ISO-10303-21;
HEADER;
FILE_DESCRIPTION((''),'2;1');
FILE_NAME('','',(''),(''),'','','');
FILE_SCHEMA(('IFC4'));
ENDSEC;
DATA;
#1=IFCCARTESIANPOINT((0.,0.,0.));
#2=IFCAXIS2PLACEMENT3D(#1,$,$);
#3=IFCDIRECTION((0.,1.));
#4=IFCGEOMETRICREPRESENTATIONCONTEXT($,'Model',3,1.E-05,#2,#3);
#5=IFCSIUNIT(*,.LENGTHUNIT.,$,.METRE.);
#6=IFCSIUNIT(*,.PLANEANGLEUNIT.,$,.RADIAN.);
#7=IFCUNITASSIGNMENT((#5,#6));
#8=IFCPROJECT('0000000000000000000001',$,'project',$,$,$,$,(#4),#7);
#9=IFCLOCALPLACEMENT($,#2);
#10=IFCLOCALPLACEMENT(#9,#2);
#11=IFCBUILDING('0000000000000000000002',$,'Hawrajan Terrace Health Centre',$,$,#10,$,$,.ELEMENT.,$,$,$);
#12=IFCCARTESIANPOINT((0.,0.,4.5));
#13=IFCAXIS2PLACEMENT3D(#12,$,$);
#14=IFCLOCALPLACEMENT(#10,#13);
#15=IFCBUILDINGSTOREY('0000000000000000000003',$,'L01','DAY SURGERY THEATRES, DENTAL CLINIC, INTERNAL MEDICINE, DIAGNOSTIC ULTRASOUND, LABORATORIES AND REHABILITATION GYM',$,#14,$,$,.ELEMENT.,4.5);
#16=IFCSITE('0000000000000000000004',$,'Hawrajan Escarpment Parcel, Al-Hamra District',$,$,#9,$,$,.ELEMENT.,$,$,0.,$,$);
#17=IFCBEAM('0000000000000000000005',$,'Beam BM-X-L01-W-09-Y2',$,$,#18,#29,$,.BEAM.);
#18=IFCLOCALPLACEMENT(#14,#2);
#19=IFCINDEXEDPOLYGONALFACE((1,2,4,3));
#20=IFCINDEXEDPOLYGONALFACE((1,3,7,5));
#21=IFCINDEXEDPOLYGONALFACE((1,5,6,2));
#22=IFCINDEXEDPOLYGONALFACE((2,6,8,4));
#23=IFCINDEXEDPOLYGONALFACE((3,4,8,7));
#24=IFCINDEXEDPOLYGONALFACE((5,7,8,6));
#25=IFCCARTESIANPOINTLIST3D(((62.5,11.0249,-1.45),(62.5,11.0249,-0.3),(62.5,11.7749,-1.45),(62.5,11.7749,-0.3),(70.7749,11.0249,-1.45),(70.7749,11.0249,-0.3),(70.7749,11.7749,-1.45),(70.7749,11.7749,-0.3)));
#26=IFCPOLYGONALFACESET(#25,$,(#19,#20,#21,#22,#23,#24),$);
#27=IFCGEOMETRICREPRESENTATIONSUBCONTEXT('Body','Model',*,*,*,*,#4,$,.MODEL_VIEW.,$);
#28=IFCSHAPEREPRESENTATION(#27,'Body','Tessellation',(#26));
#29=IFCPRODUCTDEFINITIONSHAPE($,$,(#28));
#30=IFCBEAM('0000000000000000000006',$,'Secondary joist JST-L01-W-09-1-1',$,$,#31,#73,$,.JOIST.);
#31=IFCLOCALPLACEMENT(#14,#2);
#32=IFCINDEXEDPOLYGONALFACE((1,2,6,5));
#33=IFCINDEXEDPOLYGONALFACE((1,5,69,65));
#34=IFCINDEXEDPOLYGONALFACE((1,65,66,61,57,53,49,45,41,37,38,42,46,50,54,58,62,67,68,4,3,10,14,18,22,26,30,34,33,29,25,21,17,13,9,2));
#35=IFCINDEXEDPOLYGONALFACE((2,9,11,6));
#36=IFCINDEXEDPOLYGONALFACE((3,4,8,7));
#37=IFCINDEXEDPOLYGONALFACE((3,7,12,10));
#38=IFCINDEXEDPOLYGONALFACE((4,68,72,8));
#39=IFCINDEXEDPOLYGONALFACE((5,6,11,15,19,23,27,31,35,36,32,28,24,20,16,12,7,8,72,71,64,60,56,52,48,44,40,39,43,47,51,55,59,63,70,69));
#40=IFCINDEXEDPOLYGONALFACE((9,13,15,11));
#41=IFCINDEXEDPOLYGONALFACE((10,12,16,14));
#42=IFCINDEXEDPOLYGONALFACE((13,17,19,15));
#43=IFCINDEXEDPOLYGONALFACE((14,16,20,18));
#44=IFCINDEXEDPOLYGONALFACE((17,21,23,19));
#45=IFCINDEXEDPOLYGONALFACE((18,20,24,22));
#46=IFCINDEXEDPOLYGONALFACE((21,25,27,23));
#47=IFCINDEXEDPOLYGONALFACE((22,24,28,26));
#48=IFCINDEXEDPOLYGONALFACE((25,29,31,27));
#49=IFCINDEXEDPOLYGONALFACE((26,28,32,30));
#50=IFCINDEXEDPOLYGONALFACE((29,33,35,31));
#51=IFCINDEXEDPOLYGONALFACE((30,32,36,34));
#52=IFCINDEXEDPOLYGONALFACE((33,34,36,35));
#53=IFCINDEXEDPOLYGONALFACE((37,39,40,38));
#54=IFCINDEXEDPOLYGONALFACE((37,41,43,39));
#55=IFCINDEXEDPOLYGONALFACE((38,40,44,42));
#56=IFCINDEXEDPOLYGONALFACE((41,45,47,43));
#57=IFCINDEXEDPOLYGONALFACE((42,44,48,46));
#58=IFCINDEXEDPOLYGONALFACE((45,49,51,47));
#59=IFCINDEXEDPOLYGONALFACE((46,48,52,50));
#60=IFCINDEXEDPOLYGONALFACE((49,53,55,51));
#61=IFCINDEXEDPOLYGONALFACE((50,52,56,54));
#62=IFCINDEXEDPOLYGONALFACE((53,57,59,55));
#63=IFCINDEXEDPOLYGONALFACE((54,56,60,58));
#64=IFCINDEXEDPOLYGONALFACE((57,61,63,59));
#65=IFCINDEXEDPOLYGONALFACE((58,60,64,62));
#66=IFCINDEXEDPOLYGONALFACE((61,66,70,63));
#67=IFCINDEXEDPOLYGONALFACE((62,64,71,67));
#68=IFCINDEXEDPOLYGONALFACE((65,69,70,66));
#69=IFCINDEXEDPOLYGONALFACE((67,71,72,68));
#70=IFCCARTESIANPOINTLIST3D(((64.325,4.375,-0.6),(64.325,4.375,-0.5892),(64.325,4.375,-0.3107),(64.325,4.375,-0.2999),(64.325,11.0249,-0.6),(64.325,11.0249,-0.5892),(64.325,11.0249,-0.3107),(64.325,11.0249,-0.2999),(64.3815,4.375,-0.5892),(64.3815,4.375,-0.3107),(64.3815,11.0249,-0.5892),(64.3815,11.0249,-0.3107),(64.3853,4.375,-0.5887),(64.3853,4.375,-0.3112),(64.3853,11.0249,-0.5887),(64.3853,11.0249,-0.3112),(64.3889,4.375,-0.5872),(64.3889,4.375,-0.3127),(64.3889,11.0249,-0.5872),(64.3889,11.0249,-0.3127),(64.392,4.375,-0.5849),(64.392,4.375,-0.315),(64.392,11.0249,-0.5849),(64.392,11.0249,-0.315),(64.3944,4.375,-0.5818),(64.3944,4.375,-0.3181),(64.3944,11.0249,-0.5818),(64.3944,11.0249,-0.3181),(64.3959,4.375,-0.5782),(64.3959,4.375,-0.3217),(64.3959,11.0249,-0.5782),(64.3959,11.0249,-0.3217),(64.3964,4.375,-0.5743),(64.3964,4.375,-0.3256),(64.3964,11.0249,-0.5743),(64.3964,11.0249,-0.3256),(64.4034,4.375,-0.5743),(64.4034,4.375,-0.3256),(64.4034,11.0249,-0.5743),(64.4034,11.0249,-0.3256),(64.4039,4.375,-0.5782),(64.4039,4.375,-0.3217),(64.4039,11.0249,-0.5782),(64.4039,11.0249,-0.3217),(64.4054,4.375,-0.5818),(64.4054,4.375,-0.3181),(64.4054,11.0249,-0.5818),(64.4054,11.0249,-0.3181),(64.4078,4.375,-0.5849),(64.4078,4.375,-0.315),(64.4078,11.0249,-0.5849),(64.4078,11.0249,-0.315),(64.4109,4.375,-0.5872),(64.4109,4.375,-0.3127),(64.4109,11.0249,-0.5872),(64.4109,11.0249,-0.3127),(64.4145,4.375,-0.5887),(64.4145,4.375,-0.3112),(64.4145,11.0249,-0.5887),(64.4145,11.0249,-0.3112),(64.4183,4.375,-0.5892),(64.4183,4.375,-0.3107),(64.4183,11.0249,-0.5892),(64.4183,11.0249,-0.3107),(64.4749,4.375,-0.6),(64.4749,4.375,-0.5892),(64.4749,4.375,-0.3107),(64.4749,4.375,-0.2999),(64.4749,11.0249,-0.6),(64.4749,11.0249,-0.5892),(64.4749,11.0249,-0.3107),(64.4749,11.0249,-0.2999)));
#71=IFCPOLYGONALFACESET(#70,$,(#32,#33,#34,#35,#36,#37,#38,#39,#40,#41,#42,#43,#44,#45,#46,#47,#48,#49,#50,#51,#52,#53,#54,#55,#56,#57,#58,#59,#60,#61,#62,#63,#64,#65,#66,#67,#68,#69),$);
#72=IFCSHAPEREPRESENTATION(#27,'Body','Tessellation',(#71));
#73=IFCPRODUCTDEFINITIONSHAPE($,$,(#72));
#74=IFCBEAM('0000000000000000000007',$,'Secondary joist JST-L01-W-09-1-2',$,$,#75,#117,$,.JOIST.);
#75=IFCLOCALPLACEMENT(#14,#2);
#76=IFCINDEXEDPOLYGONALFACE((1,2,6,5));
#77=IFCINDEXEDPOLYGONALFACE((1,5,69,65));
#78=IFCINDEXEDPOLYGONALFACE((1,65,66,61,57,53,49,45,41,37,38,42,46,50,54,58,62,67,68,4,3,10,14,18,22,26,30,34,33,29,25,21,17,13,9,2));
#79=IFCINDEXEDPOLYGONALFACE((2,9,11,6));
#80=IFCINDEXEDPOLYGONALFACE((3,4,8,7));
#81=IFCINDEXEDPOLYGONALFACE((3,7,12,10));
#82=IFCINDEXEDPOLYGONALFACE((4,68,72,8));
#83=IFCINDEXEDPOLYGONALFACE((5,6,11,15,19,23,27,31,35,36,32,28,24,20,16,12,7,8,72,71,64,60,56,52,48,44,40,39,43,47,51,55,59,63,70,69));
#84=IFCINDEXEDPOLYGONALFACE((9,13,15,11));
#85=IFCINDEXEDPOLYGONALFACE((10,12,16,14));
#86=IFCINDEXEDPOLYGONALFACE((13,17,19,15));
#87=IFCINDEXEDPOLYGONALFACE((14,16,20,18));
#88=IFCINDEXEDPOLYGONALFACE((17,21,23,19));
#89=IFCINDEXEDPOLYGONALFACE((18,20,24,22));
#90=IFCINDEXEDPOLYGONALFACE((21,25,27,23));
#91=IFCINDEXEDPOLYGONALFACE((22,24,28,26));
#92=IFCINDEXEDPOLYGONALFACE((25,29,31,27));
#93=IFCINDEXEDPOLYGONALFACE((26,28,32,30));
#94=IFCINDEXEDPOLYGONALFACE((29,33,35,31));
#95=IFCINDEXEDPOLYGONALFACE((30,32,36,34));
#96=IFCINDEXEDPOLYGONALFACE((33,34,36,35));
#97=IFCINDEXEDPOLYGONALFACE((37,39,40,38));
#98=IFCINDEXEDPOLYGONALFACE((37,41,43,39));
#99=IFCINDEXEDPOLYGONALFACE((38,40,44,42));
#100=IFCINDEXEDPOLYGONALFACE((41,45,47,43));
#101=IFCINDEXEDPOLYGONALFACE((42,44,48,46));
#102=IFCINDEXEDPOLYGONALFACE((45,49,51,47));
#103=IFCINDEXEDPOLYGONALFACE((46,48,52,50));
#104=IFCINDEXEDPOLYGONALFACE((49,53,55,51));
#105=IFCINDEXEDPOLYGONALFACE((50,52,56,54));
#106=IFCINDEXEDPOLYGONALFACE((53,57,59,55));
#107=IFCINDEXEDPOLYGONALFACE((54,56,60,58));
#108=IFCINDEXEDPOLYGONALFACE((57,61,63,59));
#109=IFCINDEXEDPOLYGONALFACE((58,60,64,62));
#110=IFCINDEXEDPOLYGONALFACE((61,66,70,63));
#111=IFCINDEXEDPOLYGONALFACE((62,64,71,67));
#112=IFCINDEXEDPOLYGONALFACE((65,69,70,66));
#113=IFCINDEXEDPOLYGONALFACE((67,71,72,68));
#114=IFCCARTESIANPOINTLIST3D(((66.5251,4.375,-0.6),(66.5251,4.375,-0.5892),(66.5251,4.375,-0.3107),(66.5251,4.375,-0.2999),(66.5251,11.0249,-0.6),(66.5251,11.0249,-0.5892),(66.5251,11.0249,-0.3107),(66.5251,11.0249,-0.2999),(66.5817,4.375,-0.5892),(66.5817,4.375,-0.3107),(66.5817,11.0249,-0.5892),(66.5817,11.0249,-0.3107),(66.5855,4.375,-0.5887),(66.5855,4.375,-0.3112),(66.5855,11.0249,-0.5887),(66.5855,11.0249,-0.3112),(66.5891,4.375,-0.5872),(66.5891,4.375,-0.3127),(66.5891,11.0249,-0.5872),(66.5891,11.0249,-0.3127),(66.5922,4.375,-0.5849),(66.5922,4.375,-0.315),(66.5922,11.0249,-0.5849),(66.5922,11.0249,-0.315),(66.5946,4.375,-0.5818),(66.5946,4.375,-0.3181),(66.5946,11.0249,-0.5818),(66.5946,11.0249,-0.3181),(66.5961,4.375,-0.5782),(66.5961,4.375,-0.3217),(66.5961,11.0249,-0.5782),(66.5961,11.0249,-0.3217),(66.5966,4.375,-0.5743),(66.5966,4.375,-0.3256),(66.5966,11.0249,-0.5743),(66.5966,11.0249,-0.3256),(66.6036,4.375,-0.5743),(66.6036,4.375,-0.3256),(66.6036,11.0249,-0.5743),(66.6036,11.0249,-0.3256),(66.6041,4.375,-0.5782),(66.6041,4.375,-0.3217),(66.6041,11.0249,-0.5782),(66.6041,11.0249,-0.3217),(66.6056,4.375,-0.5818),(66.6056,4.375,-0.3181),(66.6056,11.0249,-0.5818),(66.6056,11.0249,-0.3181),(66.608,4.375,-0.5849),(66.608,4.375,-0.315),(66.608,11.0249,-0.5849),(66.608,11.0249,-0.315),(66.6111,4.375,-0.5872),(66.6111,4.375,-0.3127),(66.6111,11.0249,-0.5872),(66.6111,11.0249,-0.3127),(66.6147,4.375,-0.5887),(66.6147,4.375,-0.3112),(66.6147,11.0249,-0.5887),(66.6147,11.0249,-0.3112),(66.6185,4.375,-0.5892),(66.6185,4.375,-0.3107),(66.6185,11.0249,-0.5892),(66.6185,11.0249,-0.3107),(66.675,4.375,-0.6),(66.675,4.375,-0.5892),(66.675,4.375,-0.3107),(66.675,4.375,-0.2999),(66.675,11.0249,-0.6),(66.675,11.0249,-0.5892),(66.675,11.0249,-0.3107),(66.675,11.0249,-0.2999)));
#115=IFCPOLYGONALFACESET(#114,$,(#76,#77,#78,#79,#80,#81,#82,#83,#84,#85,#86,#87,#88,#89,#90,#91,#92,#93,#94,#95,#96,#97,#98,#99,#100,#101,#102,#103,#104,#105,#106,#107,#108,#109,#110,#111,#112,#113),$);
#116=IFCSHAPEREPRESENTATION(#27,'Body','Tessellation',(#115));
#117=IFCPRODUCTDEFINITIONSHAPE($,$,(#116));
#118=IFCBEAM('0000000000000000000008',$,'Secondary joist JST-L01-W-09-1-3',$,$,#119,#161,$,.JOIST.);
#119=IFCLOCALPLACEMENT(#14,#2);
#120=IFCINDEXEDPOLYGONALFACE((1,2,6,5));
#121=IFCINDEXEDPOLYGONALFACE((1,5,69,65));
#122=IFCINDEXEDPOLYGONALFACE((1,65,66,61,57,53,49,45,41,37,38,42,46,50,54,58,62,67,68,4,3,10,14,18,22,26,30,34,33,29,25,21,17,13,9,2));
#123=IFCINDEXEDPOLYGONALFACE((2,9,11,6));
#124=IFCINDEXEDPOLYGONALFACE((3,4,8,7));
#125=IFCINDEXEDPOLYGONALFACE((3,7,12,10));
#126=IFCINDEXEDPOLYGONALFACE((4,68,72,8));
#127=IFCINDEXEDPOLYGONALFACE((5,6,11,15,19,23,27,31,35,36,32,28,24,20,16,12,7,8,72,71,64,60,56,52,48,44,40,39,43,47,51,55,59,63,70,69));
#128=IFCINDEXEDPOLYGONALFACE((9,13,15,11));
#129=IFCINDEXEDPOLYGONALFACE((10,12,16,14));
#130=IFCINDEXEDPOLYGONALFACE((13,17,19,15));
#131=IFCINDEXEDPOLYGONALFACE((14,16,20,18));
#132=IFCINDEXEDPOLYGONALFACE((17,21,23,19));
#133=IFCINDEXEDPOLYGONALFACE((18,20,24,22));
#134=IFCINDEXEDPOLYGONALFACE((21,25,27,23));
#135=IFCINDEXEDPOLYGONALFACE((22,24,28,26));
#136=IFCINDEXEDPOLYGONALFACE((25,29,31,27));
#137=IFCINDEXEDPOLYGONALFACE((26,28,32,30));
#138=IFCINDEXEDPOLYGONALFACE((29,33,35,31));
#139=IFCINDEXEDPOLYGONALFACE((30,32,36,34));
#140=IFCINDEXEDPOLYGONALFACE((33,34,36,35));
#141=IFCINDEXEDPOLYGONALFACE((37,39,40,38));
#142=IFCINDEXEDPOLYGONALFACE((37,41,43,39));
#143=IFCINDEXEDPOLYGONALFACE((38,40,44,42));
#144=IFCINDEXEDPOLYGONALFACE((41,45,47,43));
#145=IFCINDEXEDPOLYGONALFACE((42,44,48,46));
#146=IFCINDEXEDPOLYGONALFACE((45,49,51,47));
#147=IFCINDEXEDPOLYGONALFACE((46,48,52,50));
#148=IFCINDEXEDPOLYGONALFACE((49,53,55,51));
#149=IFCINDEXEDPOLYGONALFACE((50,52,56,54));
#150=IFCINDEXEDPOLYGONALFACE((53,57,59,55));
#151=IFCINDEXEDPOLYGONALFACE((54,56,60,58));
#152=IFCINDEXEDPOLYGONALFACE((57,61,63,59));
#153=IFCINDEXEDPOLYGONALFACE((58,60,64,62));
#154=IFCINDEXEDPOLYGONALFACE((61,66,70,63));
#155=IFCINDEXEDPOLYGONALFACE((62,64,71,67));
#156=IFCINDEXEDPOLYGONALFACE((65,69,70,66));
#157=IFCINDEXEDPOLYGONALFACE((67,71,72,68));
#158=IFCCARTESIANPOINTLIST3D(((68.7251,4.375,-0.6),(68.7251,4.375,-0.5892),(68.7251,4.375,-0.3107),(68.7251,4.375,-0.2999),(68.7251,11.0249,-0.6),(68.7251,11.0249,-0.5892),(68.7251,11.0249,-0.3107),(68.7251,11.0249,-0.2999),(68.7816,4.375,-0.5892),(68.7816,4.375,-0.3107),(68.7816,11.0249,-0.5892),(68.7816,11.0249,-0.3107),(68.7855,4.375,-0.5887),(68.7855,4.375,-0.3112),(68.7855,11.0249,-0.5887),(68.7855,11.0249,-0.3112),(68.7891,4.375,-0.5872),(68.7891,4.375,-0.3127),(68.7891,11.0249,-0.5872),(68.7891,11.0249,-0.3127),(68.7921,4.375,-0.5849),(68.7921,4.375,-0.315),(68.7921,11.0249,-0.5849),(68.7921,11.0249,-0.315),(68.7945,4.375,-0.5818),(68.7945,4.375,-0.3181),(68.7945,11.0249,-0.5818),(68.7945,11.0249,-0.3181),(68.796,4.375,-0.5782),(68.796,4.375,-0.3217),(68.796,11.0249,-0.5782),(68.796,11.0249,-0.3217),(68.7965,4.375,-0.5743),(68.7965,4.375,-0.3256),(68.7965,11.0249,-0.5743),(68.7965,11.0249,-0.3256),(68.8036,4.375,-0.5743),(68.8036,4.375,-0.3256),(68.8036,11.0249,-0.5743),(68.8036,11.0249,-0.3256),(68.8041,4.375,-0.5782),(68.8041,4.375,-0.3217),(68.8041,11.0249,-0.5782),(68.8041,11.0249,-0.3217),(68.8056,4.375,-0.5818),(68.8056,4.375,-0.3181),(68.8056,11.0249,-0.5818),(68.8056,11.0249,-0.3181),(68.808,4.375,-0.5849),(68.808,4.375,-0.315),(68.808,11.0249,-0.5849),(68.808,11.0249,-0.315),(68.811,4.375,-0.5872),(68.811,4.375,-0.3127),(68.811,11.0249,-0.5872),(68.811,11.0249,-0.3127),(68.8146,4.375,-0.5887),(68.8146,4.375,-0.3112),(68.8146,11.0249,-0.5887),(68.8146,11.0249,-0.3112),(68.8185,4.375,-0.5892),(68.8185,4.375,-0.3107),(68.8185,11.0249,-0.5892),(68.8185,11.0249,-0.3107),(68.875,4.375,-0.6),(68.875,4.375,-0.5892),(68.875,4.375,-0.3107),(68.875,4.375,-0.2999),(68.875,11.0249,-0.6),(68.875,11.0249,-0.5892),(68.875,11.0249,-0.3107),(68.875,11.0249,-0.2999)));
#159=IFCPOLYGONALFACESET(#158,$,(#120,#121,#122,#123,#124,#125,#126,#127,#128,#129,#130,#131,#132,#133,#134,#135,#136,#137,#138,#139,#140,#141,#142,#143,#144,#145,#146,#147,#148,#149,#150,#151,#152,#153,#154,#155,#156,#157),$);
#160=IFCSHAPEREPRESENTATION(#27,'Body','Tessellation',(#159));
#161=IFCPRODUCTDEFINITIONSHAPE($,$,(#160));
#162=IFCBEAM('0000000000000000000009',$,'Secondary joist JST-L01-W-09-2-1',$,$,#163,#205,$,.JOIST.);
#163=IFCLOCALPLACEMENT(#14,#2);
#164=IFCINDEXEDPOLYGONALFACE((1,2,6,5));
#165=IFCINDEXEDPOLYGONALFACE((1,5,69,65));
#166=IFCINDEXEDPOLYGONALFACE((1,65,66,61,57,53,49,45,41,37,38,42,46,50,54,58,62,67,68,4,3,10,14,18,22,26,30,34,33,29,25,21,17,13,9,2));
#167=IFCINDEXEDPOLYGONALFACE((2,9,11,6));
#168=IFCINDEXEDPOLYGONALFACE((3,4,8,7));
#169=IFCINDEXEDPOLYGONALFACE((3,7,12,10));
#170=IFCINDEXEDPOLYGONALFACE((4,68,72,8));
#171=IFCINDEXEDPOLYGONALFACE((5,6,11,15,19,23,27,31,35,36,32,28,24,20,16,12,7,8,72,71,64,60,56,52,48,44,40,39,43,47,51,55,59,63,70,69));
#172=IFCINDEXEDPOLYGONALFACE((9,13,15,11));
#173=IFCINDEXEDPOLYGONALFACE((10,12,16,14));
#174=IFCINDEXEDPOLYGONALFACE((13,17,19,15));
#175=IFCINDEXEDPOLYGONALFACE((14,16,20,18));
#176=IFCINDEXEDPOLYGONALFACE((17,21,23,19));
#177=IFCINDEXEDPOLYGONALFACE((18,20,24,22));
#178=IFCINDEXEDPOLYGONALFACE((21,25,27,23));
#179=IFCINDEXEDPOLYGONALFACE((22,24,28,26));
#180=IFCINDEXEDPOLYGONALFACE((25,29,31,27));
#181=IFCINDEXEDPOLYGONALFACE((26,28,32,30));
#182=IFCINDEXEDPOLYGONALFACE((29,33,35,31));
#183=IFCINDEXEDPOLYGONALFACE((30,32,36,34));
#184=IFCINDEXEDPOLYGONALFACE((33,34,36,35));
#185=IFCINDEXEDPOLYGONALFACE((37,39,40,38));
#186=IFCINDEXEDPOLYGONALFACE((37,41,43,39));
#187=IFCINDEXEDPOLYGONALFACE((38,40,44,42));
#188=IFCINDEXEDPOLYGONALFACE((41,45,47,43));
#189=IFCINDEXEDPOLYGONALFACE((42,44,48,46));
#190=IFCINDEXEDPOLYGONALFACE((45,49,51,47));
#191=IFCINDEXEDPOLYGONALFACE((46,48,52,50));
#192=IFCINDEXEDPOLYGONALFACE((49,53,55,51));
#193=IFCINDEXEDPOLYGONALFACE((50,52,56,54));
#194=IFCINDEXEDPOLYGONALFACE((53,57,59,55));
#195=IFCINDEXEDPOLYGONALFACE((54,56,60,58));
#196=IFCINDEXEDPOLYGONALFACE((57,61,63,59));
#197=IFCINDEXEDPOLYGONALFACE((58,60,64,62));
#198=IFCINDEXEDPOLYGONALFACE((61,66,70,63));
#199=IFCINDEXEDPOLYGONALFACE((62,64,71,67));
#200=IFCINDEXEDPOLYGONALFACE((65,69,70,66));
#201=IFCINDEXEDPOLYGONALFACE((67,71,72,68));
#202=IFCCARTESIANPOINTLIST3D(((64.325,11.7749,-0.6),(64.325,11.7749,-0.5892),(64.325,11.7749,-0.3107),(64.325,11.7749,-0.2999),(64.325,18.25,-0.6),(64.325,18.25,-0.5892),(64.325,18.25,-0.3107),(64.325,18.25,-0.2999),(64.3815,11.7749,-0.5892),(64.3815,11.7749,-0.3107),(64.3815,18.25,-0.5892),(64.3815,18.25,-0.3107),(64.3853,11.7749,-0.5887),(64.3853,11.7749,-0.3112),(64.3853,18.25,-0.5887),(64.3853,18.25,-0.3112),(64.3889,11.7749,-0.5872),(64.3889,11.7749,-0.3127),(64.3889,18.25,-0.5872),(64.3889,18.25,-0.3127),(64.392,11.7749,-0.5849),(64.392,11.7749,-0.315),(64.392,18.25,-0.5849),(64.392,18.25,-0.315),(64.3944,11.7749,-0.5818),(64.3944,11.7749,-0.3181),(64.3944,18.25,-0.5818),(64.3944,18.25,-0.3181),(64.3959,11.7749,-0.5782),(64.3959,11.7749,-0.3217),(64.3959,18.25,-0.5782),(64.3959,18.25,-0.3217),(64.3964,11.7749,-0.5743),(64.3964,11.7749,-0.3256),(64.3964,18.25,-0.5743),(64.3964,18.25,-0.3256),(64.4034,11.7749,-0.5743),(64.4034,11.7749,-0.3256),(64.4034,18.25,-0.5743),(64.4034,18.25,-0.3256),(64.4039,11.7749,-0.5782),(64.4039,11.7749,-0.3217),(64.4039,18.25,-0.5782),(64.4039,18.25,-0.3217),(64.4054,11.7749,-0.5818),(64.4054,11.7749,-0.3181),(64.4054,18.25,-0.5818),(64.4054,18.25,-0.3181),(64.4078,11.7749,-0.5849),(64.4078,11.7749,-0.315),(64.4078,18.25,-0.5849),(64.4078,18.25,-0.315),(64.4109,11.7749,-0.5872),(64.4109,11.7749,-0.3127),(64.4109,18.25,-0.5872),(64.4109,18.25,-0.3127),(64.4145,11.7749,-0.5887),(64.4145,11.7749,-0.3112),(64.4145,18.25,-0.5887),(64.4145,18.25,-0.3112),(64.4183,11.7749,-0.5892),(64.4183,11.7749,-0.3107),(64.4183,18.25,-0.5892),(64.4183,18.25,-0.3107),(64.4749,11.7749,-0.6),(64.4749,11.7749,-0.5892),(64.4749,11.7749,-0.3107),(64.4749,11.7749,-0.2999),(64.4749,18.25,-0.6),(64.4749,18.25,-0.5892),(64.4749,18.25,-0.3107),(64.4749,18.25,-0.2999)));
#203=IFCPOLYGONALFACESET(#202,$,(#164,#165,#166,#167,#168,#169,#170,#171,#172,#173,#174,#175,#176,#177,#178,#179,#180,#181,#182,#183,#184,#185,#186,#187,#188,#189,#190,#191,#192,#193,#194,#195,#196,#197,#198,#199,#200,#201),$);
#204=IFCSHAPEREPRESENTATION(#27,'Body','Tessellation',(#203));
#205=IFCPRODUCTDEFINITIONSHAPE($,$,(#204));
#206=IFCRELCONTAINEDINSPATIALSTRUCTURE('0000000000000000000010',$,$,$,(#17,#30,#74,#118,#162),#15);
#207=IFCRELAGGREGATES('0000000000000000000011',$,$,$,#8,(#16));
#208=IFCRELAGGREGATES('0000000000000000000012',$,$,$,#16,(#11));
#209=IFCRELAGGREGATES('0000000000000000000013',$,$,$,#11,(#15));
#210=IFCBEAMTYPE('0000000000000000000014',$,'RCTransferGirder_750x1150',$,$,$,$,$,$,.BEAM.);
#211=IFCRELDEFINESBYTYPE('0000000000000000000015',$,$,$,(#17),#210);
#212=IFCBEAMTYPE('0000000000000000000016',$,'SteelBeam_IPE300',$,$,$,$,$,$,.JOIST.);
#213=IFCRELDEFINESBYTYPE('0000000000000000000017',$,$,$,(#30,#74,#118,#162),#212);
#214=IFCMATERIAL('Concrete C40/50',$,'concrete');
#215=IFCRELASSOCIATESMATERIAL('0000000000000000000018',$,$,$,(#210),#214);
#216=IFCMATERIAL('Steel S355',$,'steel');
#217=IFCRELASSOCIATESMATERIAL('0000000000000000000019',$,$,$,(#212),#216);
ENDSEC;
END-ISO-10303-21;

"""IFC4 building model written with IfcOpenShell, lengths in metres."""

from ifc_helpers import new_model, si_unit, direction, frame, origin, origin_2d, place, context, subcontext, project, spatial, rectangle, i_section, extrude, material, material_profile, profile_set, type_object, element, save


model = new_model("IFC4")

# Units and contexts
model_context = context("Model", 3, precision=1e-05, world=origin(), true_north=direction((0.0, 1.0)))
body_context = subcontext(model_context, "Body", "Model", "MODEL_VIEW")
ifc_project = project(units=[si_unit("LENGTHUNIT", "METRE"), si_unit("PLANEANGLEUNIT", "RADIAN")], contexts=[model_context])

# Site, building, storey
site_placement = place(None, origin())
site = spatial("IfcSite", under=ifc_project, at=site_placement, Name="Hawrajan Escarpment Parcel, Al-Hamra District", CompositionType="ELEMENT", RefElevation=0.0)
building_placement = place(site_placement, origin())
building = spatial("IfcBuilding", under=site, at=building_placement, Name="Hawrajan Terrace Health Centre", CompositionType="ELEMENT")
storey_placement = place(building_placement, frame((0.0, 0.0, 4.5)))
storey = spatial("IfcBuildingStorey", under=building, at=storey_placement, Name="L01", Description="DAY SURGERY THEATRES, DENTAL CLINIC, INTERNAL MEDICINE, DIAGNOSTIC ULTRASOUND, LABORATORIES AND REHABILITATION GYM", CompositionType="ELEMENT", Elevation=4.5)

# Beams
ifc_material_1 = material(Name="Concrete C40/50", Category="concrete")
ifc_material_profile_1 = material_profile(ifc_material_1, rectangle(XDim=0.75, YDim=1.1499, at=origin_2d()), Name="RC TG 750x1150")
ifc_profile_set_1 = profile_set([ifc_material_profile_1], Name="Concrete C40/50")
beam_type_1 = type_object("IfcBeamType", Name="RCTransferGirder_750x1150", PredefinedType="BEAM", material=ifc_profile_set_1)
beam_1_placement = place(storey_placement, frame((62.5, 11.3999, -0.875), z_axis=(1.0, 0.0, 0.0), x_axis=(0.0, 1.0, 0.0)))
element("IfcBeam", 1, at=beam_1_placement, inside=storey, type_object=beam_type_1, Name="Beam BM-X-L01-W-09-Y2", PredefinedType="BEAM", context=body_context, shape_type="SweptSolid", body=[
    extrude(rectangle(XDim=0.75, YDim=1.1499, at=origin_2d()), origin(), (0.0, 0.0, 1.0), 8.2749),
])
ifc_material_2 = material(Name="Steel S355", Category="steel")
ifc_material_profile_2 = material_profile(ifc_material_2, i_section(OverallWidth=0.1499, OverallDepth=0.3, WebThickness=0.0071, FlangeThickness=0.0107, FilletRadius=0.0149, at=origin_2d()), Name="IPE 300")
ifc_profile_set_2 = profile_set([ifc_material_profile_2], Name="Steel S355")
beam_type_2 = type_object("IfcBeamType", Name="SteelBeam_IPE300", PredefinedType="JOIST", material=ifc_profile_set_2)
for number, where, z_axis, x_axis, name in (
    (2, (64.3999, 4.375, -0.45), (0.0, 1.0, 0.0), (-1.0, 0.0, 0.0), "Secondary joist JST-L01-W-09-1-1"),
    (3, (66.6001, 4.375, -0.45), (0.0, 1.0, 0.0), (-1.0, 0.0, 0.0), "Secondary joist JST-L01-W-09-1-2"),
    (4, (68.8, 4.375, -0.45), (0.0, 1.0, 0.0), (-1.0, 0.0, 0.0), "Secondary joist JST-L01-W-09-1-3"),
):
    element("IfcBeam", number, at=place(storey_placement, frame(where, z_axis=z_axis, x_axis=x_axis)), inside=storey, type_object=beam_type_2, Name=name, PredefinedType="JOIST", context=body_context, shape_type="SweptSolid", body=[
        extrude(i_section(OverallWidth=0.1499, OverallDepth=0.3, WebThickness=0.0071, FlangeThickness=0.0107, FilletRadius=0.0149, at=origin_2d()), origin(), (0.0, 0.0, 1.0), 6.6499),
    ])
beam_2_placement = place(storey_placement, frame((64.3999, 11.7749, -0.45), z_axis=(0.0, 1.0, 0.0), x_axis=(-1.0, 0.0, 0.0)))
element("IfcBeam", 5, at=beam_2_placement, inside=storey, type_object=beam_type_2, Name="Secondary joist JST-L01-W-09-2-1", PredefinedType="JOIST", context=body_context, shape_type="SweptSolid", body=[
    extrude(i_section(OverallWidth=0.1499, OverallDepth=0.3, WebThickness=0.0071, FlangeThickness=0.0107, FilletRadius=0.0149, at=origin_2d()), origin(), (0.0, 0.0, 1.0), 6.4751),
])

save(model, "model.ifc")
